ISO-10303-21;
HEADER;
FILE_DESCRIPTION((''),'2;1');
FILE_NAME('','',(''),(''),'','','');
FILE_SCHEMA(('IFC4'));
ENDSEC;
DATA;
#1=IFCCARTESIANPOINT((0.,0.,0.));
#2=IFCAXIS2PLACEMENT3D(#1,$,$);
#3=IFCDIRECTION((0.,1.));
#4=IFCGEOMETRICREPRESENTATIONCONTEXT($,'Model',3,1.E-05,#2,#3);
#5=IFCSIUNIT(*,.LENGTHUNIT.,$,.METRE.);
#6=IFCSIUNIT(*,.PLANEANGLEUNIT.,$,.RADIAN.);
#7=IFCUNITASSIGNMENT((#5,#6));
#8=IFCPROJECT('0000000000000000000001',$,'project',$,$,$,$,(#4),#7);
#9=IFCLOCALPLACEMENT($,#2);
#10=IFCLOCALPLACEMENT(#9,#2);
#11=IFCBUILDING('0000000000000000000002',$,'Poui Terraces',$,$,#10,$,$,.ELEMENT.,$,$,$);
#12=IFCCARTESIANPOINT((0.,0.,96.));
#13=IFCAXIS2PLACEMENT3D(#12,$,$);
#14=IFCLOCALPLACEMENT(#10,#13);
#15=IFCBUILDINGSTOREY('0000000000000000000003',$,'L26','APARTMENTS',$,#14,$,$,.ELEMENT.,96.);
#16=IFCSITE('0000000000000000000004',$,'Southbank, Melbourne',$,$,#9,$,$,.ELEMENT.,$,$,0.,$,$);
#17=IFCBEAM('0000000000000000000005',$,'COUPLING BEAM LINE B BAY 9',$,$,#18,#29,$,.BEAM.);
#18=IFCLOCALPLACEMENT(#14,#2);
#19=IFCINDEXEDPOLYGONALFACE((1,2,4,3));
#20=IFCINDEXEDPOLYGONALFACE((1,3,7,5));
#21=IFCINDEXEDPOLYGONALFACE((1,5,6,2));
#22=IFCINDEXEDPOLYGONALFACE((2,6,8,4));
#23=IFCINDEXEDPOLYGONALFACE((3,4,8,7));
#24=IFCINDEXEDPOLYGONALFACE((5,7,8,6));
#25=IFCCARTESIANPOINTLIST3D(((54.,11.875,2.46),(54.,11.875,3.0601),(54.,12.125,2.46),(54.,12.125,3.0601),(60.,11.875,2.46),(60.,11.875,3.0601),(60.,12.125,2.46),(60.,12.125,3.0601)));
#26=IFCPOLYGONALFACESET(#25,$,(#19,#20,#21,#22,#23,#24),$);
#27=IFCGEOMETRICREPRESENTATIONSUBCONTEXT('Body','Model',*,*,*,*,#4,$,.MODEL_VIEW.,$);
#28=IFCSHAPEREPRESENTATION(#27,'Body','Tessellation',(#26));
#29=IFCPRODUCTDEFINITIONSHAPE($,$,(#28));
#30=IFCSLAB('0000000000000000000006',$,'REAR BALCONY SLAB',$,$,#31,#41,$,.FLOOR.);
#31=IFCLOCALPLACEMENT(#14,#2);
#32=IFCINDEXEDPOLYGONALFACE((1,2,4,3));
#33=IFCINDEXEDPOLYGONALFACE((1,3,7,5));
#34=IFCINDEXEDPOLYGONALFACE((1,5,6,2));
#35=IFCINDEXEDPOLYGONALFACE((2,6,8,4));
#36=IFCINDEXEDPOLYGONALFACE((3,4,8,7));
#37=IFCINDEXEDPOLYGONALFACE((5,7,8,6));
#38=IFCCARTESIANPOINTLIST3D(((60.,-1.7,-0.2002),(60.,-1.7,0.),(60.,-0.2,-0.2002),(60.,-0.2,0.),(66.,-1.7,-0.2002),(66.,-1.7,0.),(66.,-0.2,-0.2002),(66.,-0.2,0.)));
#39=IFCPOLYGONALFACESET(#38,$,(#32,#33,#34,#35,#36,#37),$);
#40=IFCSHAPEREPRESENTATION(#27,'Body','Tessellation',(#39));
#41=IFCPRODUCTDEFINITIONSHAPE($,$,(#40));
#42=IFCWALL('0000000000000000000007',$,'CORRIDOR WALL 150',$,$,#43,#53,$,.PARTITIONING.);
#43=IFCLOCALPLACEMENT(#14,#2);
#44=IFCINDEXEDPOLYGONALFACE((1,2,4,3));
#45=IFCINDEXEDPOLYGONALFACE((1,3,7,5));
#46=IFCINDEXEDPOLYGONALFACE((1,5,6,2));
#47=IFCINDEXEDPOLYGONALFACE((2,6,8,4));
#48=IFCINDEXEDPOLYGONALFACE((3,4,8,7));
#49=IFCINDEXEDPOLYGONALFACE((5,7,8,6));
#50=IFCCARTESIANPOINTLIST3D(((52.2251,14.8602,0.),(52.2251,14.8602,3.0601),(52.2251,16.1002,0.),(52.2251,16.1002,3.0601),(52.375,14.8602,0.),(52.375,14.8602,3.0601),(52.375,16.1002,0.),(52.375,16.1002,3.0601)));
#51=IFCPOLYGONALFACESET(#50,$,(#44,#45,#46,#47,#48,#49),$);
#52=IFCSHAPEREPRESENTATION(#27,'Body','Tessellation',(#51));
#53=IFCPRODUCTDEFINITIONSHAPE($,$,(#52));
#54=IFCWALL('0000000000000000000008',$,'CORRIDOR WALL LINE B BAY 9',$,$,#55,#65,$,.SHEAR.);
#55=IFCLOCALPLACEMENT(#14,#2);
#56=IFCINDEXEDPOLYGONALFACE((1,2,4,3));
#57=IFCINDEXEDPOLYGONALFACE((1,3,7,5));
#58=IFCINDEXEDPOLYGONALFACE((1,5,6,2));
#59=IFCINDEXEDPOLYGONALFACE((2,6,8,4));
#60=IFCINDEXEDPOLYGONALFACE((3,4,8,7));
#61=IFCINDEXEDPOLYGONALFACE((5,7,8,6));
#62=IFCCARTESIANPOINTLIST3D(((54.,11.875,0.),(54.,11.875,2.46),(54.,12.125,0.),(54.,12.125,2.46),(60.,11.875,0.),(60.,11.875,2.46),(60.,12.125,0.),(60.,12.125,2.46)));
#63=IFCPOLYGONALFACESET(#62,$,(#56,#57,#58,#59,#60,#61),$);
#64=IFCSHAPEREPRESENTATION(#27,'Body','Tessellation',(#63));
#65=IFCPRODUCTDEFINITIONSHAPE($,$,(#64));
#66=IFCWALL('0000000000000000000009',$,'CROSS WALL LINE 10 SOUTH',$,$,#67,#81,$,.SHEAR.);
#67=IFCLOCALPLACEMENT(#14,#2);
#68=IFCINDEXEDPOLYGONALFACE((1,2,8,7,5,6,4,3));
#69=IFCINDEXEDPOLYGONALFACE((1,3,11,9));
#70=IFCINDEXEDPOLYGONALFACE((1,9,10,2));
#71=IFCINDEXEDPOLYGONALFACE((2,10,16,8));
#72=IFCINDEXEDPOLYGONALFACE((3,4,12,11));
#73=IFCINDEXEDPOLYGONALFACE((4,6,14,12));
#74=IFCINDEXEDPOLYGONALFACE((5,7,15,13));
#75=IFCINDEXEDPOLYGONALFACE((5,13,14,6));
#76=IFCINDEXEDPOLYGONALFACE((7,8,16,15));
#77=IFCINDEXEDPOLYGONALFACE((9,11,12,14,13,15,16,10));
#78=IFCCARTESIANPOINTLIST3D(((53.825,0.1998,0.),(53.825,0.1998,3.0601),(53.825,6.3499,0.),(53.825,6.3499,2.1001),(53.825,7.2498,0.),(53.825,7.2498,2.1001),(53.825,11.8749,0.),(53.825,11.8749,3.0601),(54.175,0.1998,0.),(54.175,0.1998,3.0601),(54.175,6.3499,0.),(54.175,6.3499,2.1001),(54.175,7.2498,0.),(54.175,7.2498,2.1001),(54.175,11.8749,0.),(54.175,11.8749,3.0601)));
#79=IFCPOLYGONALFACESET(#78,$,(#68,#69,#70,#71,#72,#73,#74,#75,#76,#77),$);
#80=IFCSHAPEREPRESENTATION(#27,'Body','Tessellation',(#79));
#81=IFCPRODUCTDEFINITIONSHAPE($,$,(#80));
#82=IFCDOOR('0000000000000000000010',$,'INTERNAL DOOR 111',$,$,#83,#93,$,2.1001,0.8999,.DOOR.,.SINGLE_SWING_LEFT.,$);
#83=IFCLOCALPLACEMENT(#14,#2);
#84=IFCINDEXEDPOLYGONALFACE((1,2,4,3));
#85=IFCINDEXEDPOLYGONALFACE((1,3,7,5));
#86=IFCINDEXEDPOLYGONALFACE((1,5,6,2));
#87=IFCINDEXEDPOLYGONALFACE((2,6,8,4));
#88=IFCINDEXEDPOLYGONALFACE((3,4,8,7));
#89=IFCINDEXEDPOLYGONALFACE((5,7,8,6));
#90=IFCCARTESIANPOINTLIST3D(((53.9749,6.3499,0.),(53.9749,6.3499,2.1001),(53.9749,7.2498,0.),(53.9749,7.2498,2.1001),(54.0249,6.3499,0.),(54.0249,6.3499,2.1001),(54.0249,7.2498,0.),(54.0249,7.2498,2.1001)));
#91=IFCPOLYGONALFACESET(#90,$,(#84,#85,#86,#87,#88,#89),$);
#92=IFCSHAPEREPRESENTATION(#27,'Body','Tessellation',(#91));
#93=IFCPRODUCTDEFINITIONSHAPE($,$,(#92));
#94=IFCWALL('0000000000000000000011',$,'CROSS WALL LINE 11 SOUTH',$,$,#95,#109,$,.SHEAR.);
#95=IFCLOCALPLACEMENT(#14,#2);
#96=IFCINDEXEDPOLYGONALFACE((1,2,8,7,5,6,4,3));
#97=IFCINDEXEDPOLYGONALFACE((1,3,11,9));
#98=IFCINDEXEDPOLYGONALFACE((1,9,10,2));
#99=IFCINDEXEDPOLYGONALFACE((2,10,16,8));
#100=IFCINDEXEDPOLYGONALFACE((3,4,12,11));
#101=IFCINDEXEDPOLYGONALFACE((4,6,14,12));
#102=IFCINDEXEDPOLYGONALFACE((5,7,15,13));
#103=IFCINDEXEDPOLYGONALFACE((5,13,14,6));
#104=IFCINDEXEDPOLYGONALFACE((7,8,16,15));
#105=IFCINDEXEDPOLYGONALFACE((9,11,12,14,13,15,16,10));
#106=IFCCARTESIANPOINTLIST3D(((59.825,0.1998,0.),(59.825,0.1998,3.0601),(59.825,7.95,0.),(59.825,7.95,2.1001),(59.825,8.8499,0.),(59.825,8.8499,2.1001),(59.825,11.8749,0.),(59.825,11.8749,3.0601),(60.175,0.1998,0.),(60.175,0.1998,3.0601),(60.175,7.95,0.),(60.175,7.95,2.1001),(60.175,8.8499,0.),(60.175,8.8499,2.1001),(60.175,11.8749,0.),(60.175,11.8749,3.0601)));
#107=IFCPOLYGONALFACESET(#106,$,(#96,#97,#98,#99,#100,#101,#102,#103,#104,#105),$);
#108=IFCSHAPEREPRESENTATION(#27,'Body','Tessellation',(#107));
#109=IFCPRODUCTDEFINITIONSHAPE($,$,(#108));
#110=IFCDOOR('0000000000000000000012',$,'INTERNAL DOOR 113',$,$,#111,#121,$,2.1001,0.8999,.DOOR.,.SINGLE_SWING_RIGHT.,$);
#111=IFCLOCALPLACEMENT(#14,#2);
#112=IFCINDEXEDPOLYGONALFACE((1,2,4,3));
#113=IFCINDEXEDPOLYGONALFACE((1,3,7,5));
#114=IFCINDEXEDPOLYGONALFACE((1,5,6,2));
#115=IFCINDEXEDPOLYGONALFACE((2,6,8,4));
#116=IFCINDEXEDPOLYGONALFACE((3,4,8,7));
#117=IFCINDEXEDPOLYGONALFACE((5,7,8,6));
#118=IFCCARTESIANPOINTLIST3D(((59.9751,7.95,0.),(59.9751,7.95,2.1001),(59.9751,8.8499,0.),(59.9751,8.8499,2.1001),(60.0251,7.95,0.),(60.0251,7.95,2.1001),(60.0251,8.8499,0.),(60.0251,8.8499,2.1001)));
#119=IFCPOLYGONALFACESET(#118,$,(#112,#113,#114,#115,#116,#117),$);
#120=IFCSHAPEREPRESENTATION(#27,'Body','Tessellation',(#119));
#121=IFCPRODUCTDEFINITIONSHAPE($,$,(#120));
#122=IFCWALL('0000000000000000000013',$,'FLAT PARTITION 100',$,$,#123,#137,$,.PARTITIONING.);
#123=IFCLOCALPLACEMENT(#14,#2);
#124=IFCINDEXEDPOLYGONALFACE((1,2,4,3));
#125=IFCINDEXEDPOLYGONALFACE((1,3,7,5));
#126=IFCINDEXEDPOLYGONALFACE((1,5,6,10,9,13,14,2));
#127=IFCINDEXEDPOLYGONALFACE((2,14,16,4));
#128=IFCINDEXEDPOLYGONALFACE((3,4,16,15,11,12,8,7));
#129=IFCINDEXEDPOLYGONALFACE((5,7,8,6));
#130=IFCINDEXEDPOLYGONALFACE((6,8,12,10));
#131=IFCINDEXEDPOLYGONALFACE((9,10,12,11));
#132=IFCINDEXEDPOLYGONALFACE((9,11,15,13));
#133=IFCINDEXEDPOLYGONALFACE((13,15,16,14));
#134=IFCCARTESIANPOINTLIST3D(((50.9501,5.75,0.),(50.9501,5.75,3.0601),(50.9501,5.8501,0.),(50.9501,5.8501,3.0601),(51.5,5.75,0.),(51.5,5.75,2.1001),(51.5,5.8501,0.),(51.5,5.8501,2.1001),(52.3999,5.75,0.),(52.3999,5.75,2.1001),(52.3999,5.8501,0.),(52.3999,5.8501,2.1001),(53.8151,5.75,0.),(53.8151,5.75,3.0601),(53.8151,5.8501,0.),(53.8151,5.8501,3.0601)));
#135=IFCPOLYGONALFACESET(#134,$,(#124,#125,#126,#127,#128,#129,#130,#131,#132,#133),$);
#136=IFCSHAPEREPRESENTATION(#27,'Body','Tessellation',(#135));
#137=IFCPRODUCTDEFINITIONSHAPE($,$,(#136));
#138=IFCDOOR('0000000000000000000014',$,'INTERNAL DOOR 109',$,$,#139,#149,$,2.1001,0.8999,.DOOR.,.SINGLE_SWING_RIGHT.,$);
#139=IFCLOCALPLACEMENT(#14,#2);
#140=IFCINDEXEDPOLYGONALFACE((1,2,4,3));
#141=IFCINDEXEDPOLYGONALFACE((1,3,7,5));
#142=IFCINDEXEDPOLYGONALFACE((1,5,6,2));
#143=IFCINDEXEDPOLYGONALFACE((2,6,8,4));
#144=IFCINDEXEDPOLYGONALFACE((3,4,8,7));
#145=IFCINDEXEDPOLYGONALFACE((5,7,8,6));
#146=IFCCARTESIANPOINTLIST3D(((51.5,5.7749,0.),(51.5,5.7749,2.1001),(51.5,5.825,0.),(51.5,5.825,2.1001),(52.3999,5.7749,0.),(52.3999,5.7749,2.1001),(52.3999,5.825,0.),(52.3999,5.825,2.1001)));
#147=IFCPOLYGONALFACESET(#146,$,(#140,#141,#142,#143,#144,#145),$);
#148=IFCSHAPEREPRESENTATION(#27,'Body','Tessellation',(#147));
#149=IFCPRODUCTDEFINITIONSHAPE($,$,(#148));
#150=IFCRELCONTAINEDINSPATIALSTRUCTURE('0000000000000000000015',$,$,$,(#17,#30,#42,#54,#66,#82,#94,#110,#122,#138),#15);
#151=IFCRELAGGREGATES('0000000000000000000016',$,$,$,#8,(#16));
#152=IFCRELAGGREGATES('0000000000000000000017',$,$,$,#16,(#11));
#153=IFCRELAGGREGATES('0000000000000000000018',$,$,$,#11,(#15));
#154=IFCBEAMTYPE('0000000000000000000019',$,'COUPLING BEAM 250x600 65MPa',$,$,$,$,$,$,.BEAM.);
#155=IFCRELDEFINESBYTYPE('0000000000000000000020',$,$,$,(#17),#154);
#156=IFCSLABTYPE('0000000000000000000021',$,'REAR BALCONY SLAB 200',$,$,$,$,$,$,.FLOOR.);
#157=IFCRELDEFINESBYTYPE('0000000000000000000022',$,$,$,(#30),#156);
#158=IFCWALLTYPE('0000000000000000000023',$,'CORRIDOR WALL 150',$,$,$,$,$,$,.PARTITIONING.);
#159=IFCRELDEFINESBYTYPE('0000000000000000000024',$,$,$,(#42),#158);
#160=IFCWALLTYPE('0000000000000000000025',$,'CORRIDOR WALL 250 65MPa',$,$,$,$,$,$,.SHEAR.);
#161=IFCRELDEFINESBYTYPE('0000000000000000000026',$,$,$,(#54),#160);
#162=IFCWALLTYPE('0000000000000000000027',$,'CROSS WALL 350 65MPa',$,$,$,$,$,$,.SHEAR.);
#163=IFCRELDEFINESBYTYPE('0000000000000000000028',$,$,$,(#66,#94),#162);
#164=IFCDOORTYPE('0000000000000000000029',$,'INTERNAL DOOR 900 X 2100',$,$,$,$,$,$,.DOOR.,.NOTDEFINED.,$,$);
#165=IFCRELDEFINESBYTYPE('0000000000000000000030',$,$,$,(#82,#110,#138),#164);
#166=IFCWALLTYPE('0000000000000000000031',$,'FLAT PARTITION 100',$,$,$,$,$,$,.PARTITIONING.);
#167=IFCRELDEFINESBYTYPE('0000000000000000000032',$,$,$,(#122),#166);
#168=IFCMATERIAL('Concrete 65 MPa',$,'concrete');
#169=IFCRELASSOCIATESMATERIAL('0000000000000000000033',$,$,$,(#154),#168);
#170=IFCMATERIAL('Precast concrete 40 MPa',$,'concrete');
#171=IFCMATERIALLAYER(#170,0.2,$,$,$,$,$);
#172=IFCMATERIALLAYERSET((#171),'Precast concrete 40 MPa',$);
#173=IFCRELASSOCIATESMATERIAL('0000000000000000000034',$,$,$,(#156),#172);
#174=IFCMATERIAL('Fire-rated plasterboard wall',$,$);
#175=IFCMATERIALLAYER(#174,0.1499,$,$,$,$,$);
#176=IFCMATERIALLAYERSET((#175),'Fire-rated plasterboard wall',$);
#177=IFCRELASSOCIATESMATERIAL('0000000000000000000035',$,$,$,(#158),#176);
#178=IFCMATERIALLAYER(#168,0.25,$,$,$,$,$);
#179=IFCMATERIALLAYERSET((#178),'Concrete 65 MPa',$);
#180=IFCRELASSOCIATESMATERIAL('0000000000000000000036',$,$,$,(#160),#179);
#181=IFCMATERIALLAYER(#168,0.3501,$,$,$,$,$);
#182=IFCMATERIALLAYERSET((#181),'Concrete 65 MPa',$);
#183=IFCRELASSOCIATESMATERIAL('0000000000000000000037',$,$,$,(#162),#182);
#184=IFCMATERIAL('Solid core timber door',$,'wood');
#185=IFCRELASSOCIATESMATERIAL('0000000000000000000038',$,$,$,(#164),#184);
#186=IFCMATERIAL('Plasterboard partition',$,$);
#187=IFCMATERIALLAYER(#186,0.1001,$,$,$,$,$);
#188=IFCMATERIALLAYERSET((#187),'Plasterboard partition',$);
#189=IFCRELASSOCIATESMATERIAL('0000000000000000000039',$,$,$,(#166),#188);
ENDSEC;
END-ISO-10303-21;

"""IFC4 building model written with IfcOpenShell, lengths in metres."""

from ifc_helpers import new_model, si_unit, direction, frame, frame_2d, origin, origin_2d, place, context, subcontext, project, spatial, polyline, rectangle, outline, extrude, source, transform, mapped, material, layer, layer_set, material_profile, profile_set, type_object, element, fill, save


model = new_model("IFC4")

# Units and contexts
model_context = context("Model", 3, precision=1e-05, world=origin(), true_north=direction((0.0, 1.0)))
body_context = subcontext(model_context, "Body", "Model", "MODEL_VIEW")
ifc_project = project(units=[si_unit("LENGTHUNIT", "METRE"), si_unit("PLANEANGLEUNIT", "RADIAN")], contexts=[model_context])

# Site, building, storey
site_placement = place(None, origin())
site = spatial("IfcSite", under=ifc_project, at=site_placement, Name="Southbank, Melbourne", CompositionType="ELEMENT", RefElevation=0.0)
building_placement = place(site_placement, origin())
building = spatial("IfcBuilding", under=site, at=building_placement, Name="Poui Terraces", CompositionType="ELEMENT")
storey_placement = place(building_placement, frame((0.0, 0.0, 96.0)))
storey = spatial("IfcBuildingStorey", under=building, at=storey_placement, Name="L26", Description="APARTMENTS", CompositionType="ELEMENT", Elevation=96.0)

# Beam
ifc_material_1 = material(Name="Concrete 65 MPa", Category="concrete")
ifc_material_profile_1 = material_profile(ifc_material_1, rectangle(XDim=0.25, YDim=0.6001, at=origin_2d()), Name="RC 250x600")
ifc_profile_set_1 = profile_set([ifc_material_profile_1], Name="Concrete 65 MPa")
beam_type = type_object("IfcBeamType", Name="COUPLING BEAM 250x600 65MPa", PredefinedType="BEAM", material=ifc_profile_set_1)
shared_shape_1 = source(origin(), body_context, "Body", "SweptSolid", [
    extrude(rectangle(XDim=0.25, YDim=0.6001, at=origin_2d()), origin(), (0.0, 0.0, 1.0), 6.0),
])
beam_placement = place(storey_placement, frame((54.0, 12.0, 2.76), z_axis=(1.0, 0.0, 0.0), x_axis=(0.0, 1.0, 0.0)))
element("IfcBeam", 1, at=beam_placement, inside=storey, type_object=beam_type, Name="COUPLING BEAM LINE B BAY 9", PredefinedType="BEAM", context=body_context, shape_type="MappedRepresentation", body=[
    mapped(shared_shape_1, transform((0.0, 0.0, 0.0))),
])

# Slab
ifc_material_2 = material(Name="Precast concrete 40 MPa", Category="concrete")
ifc_layer_1 = layer(ifc_material_2, 0.2)
ifc_layer_set_1 = layer_set([ifc_layer_1], Name="Precast concrete 40 MPa")
slab_type = type_object("IfcSlabType", Name="REAR BALCONY SLAB 200", PredefinedType="FLOOR", material=ifc_layer_set_1)
shared_shape_2 = source(origin(), body_context, "Body", "SweptSolid", [
    extrude(outline(polyline([(0.0, 0.0), (6.0, 0.0), (6.0, 1.5), (0.0, 1.5), (0.0, 0.0)])), origin(), (0.0, 0.0, 1.0), 0.2002),
])
slab_placement = place(storey_placement, frame((60.0, -1.7, -0.2002)))
element("IfcSlab", 2, at=slab_placement, inside=storey, type_object=slab_type, Name="REAR BALCONY SLAB", PredefinedType="FLOOR", context=body_context, shape_type="MappedRepresentation", body=[
    mapped(shared_shape_2, transform((0.0, 0.0, 0.0))),
])

# Walls
ifc_material_3 = material(Name="Fire-rated plasterboard wall")
ifc_layer_2 = layer(ifc_material_3, 0.1499)
ifc_layer_set_2 = layer_set([ifc_layer_2], Name="Fire-rated plasterboard wall")
wall_type_1 = type_object("IfcWallType", Name="CORRIDOR WALL 150", PredefinedType="PARTITIONING", material=ifc_layer_set_2)
wall_1_placement = place(storey_placement, frame((52.3, 14.8601, 0.0), z_axis=(0.0, 0.0, 1.0), x_axis=(0.0, 1.0, 0.0)))
element("IfcWall", 3, at=wall_1_placement, inside=storey, type_object=wall_type_1, Name="CORRIDOR WALL 150", PredefinedType="PARTITIONING", context=body_context, shape_type="SweptSolid", body=[
    extrude(rectangle(XDim=1.24, YDim=0.1499, at=frame_2d((0.6201, 0.0))), origin(), (0.0, 0.0, 1.0), 3.0601),
])
ifc_layer_3 = layer(ifc_material_1, 0.25)
ifc_layer_set_3 = layer_set([ifc_layer_3], Name="Concrete 65 MPa")
wall_type_2 = type_object("IfcWallType", Name="CORRIDOR WALL 250 65MPa", PredefinedType="SHEAR", material=ifc_layer_set_3)
wall_2_placement = place(storey_placement, frame((54.0, 12.0, 0.0), z_axis=(0.0, 0.0, 1.0), x_axis=(1.0, 0.0, 0.0)))
element("IfcWall", 4, at=wall_2_placement, inside=storey, type_object=wall_type_2, Name="CORRIDOR WALL LINE B BAY 9", PredefinedType="SHEAR", context=body_context, shape_type="SweptSolid", body=[
    extrude(rectangle(XDim=6.0, YDim=0.25, at=frame_2d((3.0, 0.0))), origin(), (0.0, 0.0, 1.0), 2.46),
])

# Walls, openings, doors
ifc_layer_4 = layer(ifc_material_1, 0.3501)
ifc_layer_set_4 = layer_set([ifc_layer_4], Name="Concrete 65 MPa")
wall_type_3 = type_object("IfcWallType", Name="CROSS WALL 350 65MPa", PredefinedType="SHEAR", material=ifc_layer_set_4)
wall_3_placement = place(storey_placement, frame((54.0, 0.2, 0.0), z_axis=(0.0, 0.0, 1.0), x_axis=(0.0, 1.0, 0.0)))
wall_3 = element("IfcWall", 5, at=wall_3_placement, inside=storey, type_object=wall_type_3, Name="CROSS WALL LINE 10 SOUTH", PredefinedType="SHEAR", context=body_context, shape_type="SweptSolid", body=[
    extrude(rectangle(XDim=11.675, YDim=0.3501, at=frame_2d((5.8374, 0.0))), origin(), (0.0, 0.0, 1.0), 3.0601),
])
opening_1_placement = place(wall_3_placement, frame((6.1499, 0.0, 0.0)))
opening_1 = element("IfcOpeningElement", 6, at=opening_1_placement, cuts=wall_3, PredefinedType="OPENING", context=body_context, shape_type="SweptSolid", body=[
    extrude(rectangle(XDim=0.8999, YDim=2.1001, at=frame_2d((0.45, 1.05))), frame((0.0, 0.1851, 0.0), z_axis=(0.0, -1.0, 0.0), x_axis=(1.0, 0.0, 0.0)), (0.0, 0.0, 1.0), 0.3701),
])
ifc_material_4 = material(Name="Solid core timber door", Category="wood")
door_type_1 = type_object("IfcDoorType", Name="INTERNAL DOOR 900 X 2100", OperationType="NOTDEFINED", PredefinedType="DOOR", material=ifc_material_4)
door_1_placement = place(opening_1_placement, frame((0.8999, 0.0, 0.0), z_axis=(0.0, 0.0, 1.0), x_axis=(-1.0, 0.0, 0.0)))
door_1 = element("IfcDoor", 7, at=door_1_placement, inside=storey, type_object=door_type_1, Name="INTERNAL DOOR 111", OperationType="SINGLE_SWING_LEFT", OverallHeight=2.1001, OverallWidth=0.8999, PredefinedType="DOOR", context=body_context, shape_type="SweptSolid", body=[
    extrude(rectangle(XDim=0.8999, YDim=2.1001, at=frame_2d((0.45, 1.05))), frame((0.0, 0.0249, 0.0), z_axis=(0.0, -1.0, 0.0), x_axis=(1.0, 0.0, 0.0)), (0.0, 0.0, 1.0), 0.05),
])
fill(opening_1, door_1)
wall_4_placement = place(storey_placement, frame((60.0, 0.2, 0.0), z_axis=(0.0, 0.0, 1.0), x_axis=(0.0, 1.0, 0.0)))
wall_4 = element("IfcWall", 8, at=wall_4_placement, inside=storey, type_object=wall_type_3, Name="CROSS WALL LINE 11 SOUTH", PredefinedType="SHEAR", context=body_context, shape_type="SweptSolid", body=[
    extrude(rectangle(XDim=11.675, YDim=0.3501, at=frame_2d((5.8374, 0.0))), origin(), (0.0, 0.0, 1.0), 3.0601),
])
opening_2_placement = place(wall_4_placement, frame((7.75, 0.0, 0.0)))
opening_2 = element("IfcOpeningElement", 9, at=opening_2_placement, cuts=wall_4, PredefinedType="OPENING", context=body_context, shape_type="SweptSolid", body=[
    extrude(rectangle(XDim=0.8999, YDim=2.1001, at=frame_2d((0.45, 1.05))), frame((0.0, 0.1851, 0.0), z_axis=(0.0, -1.0, 0.0), x_axis=(1.0, 0.0, 0.0)), (0.0, 0.0, 1.0), 0.3701),
])
door_2_placement = place(opening_2_placement, origin())
door_2 = element("IfcDoor", 10, at=door_2_placement, inside=storey, type_object=door_type_1, Name="INTERNAL DOOR 113", OperationType="SINGLE_SWING_RIGHT", OverallHeight=2.1001, OverallWidth=0.8999, PredefinedType="DOOR", context=body_context, shape_type="SweptSolid", body=[
    extrude(rectangle(XDim=0.8999, YDim=2.1001, at=frame_2d((0.45, 1.05))), frame((0.0, 0.0249, 0.0), z_axis=(0.0, -1.0, 0.0), x_axis=(1.0, 0.0, 0.0)), (0.0, 0.0, 1.0), 0.05),
])
fill(opening_2, door_2)
ifc_material_5 = material(Name="Plasterboard partition")
ifc_layer_5 = layer(ifc_material_5, 0.1001)
ifc_layer_set_5 = layer_set([ifc_layer_5], Name="Plasterboard partition")
wall_type_4 = type_object("IfcWallType", Name="FLAT PARTITION 100", PredefinedType="PARTITIONING", material=ifc_layer_set_5)
wall_5_placement = place(storey_placement, frame((50.95, 5.8, 0.0), z_axis=(0.0, 0.0, 1.0), x_axis=(1.0, 0.0, 0.0)))
wall_5 = element("IfcWall", 11, at=wall_5_placement, inside=storey, type_object=wall_type_4, Name="FLAT PARTITION 100", PredefinedType="PARTITIONING", context=body_context, shape_type="SweptSolid", body=[
    extrude(rectangle(XDim=2.865, YDim=0.1001, at=frame_2d((1.4326, 0.0))), origin(), (0.0, 0.0, 1.0), 3.0601),
])
opening_3_placement = place(wall_5_placement, frame((0.55, 0.0, 0.0)))
opening_3 = element("IfcOpeningElement", 12, at=opening_3_placement, cuts=wall_5, PredefinedType="OPENING", context=body_context, shape_type="SweptSolid", body=[
    extrude(rectangle(XDim=0.8999, YDim=2.1001, at=frame_2d((0.45, 1.05))), frame((0.0, 0.0601, 0.0), z_axis=(0.0, -1.0, 0.0), x_axis=(1.0, 0.0, 0.0)), (0.0, 0.0, 1.0), 0.1201),
])
door_3_placement = place(opening_3_placement, origin())
door_3 = element("IfcDoor", 13, at=door_3_placement, inside=storey, type_object=door_type_1, Name="INTERNAL DOOR 109", OperationType="SINGLE_SWING_RIGHT", OverallHeight=2.1001, OverallWidth=0.8999, PredefinedType="DOOR", context=body_context, shape_type="SweptSolid", body=[
    extrude(rectangle(XDim=0.8999, YDim=2.1001, at=frame_2d((0.45, 1.05))), frame((0.0, 0.0249, 0.0), z_axis=(0.0, -1.0, 0.0), x_axis=(1.0, 0.0, 0.0)), (0.0, 0.0, 1.0), 0.05),
])
fill(opening_3, door_3)

save(model, "model.ifc")
